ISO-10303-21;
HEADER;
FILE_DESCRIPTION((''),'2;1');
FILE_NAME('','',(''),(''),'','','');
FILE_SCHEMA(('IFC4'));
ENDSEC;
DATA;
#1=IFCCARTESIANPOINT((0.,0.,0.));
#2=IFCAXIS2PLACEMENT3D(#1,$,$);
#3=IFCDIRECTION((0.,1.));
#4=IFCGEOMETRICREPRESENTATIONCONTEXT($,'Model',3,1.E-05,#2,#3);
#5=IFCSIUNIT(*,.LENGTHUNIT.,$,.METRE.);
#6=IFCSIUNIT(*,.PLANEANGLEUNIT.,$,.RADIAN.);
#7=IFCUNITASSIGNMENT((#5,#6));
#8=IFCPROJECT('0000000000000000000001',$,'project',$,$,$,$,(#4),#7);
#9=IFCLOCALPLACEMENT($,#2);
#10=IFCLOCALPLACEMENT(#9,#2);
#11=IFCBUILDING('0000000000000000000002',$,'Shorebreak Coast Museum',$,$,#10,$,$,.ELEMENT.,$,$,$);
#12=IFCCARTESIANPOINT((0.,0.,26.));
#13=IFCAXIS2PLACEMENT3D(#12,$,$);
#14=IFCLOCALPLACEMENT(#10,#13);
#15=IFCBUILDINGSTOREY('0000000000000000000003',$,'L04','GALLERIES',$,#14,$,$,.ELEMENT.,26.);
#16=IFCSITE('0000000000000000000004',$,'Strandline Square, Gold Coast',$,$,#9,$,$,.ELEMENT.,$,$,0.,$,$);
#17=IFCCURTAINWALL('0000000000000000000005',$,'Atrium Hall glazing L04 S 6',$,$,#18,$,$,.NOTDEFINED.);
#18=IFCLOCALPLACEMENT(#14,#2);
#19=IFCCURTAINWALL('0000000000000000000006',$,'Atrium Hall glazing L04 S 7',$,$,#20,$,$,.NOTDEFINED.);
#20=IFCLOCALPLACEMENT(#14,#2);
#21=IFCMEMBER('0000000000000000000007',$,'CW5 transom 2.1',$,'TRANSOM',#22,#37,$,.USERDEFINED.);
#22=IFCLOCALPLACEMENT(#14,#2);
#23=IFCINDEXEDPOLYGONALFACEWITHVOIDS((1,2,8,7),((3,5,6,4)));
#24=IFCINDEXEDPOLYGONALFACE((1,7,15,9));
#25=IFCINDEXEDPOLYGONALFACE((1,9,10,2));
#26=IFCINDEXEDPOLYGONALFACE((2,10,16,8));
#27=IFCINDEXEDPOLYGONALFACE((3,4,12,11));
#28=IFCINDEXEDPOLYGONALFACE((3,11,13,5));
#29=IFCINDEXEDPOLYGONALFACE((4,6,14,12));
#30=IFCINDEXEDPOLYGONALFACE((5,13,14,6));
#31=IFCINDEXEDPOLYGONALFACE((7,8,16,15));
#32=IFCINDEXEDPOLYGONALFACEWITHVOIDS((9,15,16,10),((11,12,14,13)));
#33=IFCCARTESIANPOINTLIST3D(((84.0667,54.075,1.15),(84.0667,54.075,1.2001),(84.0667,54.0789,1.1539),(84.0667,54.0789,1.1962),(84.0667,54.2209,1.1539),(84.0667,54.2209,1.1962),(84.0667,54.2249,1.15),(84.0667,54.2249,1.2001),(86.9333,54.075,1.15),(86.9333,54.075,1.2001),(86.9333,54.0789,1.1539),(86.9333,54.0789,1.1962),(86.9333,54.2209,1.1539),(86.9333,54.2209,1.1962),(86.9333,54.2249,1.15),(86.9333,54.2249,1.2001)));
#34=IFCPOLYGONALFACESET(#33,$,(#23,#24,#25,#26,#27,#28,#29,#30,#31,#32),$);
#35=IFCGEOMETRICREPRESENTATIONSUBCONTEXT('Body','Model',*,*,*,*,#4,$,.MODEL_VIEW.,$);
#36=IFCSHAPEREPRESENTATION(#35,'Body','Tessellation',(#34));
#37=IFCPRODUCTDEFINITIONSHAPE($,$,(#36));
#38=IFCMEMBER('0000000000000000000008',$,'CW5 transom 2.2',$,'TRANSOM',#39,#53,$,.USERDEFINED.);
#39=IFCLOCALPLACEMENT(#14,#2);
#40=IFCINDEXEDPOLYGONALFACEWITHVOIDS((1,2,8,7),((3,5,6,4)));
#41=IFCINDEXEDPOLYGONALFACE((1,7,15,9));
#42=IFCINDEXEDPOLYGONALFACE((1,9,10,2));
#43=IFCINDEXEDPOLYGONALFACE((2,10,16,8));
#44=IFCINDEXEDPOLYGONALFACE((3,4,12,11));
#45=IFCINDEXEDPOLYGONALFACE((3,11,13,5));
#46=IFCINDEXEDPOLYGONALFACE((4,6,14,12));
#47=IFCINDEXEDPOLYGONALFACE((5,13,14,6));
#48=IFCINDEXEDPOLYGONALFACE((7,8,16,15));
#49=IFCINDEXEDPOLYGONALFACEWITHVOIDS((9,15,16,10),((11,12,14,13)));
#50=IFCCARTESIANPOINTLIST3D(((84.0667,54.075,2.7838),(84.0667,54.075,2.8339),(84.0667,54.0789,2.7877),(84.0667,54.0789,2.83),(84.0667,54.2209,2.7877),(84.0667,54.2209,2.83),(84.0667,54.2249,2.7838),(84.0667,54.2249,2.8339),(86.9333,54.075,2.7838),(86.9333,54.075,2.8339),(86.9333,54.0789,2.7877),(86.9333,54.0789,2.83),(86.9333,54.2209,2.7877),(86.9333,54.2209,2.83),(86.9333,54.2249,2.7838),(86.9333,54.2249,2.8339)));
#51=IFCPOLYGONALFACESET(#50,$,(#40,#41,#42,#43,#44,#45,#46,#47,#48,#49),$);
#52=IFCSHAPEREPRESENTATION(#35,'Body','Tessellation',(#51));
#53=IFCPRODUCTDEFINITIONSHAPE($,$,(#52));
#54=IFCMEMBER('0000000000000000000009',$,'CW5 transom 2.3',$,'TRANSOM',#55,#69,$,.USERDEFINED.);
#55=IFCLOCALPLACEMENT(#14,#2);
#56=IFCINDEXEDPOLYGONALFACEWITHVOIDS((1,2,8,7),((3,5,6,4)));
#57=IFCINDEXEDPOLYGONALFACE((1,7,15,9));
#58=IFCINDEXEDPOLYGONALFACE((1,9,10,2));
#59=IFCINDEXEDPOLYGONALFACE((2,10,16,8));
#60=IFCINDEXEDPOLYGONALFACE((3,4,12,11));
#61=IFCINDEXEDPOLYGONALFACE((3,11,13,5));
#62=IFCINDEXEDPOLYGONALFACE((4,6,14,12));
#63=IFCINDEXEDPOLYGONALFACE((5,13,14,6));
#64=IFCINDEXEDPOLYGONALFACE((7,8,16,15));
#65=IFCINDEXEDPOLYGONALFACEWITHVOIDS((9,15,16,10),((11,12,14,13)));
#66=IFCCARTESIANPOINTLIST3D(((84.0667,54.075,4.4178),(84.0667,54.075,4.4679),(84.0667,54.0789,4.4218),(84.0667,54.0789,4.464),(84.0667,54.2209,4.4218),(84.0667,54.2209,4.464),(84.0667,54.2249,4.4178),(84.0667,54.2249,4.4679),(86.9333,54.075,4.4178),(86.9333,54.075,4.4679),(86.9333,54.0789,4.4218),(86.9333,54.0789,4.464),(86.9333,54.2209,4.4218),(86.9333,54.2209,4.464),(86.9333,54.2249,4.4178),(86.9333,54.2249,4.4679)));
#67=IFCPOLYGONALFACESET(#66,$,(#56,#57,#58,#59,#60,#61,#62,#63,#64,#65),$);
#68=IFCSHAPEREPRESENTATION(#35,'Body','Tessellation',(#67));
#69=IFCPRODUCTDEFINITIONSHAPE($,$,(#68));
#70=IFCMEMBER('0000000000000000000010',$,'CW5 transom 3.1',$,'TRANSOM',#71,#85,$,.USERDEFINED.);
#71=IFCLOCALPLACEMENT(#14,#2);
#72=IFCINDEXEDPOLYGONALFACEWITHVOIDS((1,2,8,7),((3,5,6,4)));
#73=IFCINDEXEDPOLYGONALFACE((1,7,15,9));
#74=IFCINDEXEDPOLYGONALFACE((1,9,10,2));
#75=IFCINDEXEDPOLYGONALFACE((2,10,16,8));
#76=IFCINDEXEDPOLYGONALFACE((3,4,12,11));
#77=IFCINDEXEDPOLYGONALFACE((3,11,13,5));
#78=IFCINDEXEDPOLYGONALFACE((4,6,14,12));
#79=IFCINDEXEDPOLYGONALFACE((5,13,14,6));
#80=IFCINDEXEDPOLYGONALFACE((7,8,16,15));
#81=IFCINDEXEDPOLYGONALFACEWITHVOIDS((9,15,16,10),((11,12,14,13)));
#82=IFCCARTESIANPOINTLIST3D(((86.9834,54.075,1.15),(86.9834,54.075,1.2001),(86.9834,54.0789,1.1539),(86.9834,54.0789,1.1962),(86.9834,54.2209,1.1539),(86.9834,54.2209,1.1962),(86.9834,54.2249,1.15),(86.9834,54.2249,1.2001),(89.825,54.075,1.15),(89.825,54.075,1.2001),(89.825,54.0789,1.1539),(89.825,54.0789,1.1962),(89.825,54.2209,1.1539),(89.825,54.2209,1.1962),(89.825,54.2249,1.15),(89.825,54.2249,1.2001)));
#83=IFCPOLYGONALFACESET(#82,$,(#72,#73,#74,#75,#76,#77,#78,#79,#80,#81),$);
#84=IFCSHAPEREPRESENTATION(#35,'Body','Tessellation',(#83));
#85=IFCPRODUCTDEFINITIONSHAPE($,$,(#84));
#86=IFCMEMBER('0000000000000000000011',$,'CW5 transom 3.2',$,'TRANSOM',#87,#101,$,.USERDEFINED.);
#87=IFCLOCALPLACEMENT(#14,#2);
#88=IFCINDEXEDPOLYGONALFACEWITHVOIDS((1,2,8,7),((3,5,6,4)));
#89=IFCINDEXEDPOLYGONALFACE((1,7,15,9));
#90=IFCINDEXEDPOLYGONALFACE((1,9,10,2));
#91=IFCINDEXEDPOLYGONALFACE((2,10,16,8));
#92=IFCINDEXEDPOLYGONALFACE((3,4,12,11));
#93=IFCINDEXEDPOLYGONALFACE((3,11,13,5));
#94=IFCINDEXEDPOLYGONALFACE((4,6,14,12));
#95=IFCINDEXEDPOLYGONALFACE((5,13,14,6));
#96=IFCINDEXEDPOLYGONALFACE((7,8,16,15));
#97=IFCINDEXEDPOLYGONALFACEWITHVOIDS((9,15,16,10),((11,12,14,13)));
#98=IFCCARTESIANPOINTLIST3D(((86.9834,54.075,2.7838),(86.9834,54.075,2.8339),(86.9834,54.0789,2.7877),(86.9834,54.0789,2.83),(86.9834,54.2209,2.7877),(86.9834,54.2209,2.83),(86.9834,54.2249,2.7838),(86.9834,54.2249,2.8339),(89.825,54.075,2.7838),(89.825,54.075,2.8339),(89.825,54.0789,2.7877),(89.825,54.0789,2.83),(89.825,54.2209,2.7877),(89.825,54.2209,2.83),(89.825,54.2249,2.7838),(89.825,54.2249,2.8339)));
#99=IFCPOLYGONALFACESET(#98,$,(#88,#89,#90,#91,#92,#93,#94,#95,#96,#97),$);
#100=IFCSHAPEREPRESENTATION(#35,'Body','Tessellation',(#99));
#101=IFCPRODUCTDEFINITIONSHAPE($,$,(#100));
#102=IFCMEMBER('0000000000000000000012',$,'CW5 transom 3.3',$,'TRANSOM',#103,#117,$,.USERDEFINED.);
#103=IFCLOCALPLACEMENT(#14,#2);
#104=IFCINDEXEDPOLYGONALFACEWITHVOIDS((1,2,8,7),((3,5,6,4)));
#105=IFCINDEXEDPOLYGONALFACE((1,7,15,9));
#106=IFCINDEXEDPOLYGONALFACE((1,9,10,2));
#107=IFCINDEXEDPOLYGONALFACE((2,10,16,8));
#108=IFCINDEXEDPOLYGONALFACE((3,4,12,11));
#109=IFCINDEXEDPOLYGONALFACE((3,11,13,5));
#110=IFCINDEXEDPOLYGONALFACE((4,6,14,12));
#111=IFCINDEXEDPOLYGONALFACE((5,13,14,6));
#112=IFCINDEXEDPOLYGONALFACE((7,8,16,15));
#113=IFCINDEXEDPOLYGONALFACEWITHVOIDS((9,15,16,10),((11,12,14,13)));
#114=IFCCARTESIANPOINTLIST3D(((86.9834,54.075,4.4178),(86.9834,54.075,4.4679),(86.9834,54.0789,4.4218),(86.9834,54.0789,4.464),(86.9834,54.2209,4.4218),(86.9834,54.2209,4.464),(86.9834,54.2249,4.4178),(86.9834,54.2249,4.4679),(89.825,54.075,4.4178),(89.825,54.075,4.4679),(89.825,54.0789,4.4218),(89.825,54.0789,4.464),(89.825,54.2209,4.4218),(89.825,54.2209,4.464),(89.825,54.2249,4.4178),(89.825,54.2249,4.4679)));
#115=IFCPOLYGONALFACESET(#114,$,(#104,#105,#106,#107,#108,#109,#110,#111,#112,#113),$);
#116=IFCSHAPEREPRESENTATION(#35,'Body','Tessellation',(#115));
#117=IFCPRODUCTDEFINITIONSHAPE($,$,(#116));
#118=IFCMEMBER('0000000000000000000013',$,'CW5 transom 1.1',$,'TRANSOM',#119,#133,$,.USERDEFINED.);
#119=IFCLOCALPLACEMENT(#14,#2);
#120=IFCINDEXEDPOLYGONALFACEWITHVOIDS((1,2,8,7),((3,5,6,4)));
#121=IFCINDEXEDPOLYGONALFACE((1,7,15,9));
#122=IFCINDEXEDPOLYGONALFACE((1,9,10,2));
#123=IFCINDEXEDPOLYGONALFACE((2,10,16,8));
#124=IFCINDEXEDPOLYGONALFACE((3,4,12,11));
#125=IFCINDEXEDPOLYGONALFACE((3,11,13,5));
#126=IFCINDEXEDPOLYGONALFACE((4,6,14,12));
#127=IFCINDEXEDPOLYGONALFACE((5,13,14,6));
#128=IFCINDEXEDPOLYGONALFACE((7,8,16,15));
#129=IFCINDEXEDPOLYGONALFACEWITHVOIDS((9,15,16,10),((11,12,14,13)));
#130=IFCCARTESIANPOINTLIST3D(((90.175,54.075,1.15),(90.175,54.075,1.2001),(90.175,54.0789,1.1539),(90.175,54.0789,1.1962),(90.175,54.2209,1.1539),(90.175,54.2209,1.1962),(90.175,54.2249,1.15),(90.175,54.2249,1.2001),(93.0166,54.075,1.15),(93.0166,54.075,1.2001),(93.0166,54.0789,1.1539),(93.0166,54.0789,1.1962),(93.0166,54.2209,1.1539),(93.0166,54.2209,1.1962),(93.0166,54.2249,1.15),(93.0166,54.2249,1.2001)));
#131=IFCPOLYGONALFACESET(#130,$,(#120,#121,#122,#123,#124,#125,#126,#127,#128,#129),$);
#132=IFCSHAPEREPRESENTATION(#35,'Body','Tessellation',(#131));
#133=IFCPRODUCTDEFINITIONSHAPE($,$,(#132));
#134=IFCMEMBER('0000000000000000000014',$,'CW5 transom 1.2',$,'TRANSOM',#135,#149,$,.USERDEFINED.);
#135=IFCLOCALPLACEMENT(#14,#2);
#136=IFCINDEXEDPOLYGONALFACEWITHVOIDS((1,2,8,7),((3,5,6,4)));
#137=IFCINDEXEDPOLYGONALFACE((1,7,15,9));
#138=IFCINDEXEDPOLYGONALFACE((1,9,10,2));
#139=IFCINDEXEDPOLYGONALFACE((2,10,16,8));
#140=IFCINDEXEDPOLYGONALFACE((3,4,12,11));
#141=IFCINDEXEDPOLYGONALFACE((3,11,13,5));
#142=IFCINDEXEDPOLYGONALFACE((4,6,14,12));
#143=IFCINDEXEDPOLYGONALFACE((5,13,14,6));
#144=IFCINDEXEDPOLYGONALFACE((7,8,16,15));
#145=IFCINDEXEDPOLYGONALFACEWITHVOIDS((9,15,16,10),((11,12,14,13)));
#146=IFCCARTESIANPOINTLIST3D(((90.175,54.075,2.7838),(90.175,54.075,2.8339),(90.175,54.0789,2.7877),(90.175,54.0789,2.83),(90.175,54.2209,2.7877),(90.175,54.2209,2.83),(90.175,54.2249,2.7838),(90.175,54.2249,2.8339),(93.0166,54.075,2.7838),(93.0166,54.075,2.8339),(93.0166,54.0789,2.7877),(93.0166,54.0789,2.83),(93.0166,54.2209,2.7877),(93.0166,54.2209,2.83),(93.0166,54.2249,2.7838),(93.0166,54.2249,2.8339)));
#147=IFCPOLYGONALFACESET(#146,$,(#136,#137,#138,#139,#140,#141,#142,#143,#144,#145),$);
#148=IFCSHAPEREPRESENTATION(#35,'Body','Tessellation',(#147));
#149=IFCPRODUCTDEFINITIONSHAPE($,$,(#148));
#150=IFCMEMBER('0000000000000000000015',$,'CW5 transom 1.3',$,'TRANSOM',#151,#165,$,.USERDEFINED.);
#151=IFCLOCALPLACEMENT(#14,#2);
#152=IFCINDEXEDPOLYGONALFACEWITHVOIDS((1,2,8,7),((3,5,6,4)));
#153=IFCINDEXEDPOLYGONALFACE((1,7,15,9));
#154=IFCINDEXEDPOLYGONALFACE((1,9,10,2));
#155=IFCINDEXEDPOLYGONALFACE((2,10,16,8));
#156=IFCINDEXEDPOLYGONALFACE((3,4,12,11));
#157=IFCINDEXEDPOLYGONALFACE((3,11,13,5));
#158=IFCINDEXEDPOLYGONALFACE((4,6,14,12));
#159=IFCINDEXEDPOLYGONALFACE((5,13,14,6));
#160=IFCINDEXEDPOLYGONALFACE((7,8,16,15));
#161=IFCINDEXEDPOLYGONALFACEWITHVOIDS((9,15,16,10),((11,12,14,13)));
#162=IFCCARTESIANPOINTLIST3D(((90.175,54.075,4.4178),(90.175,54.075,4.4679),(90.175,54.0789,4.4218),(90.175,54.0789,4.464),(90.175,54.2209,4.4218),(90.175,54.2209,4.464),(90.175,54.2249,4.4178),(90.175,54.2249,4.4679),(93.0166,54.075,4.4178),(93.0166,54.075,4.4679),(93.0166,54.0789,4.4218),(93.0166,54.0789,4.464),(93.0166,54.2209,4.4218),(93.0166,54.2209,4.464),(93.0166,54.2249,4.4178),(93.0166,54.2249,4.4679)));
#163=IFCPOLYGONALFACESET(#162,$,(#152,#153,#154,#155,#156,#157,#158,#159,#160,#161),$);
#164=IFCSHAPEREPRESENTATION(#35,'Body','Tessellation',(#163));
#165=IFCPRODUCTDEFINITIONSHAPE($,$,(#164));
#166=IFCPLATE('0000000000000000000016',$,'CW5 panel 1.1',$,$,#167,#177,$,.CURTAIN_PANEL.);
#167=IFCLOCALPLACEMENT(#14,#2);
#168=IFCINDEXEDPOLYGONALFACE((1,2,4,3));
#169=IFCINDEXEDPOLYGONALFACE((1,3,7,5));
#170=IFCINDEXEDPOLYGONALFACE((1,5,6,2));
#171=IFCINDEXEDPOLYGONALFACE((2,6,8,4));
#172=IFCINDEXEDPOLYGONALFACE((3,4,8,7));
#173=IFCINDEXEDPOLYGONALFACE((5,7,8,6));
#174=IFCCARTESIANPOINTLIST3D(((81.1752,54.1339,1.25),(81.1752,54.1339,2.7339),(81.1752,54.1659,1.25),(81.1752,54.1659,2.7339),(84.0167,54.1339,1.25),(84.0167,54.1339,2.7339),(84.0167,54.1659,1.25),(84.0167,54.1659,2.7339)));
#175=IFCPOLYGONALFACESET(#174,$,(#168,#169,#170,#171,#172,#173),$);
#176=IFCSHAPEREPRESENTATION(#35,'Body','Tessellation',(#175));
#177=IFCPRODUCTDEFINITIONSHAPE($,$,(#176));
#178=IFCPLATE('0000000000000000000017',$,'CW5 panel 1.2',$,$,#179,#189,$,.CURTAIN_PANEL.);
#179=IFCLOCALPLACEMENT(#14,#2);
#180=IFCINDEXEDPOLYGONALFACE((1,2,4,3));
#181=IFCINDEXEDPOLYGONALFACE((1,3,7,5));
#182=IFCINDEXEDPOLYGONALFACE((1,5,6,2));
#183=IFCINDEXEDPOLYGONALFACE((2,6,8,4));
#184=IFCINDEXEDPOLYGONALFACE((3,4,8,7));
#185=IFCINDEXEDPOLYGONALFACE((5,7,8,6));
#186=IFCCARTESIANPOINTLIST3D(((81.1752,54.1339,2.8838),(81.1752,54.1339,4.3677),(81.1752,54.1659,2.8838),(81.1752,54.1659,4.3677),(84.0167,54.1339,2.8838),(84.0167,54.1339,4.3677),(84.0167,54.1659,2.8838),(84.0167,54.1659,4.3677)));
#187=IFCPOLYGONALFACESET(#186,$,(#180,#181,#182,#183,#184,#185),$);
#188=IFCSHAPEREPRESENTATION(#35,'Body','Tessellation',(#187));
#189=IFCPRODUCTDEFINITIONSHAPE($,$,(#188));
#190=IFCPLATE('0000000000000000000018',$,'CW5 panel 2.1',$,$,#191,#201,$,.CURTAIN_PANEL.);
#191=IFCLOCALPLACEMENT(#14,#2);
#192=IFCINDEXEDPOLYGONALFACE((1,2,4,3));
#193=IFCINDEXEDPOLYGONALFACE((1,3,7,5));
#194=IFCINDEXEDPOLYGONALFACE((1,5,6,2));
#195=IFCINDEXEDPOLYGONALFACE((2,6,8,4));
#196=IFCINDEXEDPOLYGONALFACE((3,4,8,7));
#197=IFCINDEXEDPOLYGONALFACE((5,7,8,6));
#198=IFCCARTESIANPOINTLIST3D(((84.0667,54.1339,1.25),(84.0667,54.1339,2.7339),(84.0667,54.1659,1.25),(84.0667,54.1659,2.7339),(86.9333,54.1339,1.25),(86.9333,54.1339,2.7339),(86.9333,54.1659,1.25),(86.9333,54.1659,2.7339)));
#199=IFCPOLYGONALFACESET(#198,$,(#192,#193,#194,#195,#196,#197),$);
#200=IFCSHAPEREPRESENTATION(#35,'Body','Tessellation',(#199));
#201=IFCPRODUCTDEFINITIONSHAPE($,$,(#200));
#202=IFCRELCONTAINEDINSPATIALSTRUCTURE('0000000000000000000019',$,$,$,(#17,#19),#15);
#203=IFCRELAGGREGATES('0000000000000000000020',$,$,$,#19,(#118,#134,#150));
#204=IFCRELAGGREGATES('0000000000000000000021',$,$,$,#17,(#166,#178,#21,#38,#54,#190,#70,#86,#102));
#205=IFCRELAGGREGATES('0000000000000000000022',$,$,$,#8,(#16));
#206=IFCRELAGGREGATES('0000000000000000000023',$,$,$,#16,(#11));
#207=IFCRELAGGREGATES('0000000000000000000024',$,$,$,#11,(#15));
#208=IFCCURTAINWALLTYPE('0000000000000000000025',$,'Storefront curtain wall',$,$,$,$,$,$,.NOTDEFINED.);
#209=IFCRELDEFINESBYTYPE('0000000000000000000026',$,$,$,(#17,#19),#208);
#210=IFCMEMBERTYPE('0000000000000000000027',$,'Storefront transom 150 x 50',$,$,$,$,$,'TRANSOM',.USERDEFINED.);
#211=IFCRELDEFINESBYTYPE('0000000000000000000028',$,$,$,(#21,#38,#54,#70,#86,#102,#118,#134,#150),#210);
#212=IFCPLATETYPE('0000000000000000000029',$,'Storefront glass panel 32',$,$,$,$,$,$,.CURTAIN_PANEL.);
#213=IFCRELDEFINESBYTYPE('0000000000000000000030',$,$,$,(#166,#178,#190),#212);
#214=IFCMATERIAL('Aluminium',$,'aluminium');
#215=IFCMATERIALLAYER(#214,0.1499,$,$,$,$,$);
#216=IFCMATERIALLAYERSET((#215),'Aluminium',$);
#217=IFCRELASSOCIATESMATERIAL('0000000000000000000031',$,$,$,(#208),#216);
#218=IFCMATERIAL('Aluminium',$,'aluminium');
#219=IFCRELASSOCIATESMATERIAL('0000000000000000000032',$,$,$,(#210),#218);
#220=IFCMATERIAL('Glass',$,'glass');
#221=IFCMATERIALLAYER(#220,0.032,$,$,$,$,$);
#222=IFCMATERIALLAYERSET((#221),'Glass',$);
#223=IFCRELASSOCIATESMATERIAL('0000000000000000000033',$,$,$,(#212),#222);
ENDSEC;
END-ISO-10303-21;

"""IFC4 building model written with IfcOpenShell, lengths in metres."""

from ifc_helpers import new_model, si_unit, direction, frame, origin, origin_2d, place, context, subcontext, project, spatial, rectangle, hollow_rectangle, extrude, material, layer, layer_set, material_profile, profile_set, type_object, element, aggregate, save


model = new_model("IFC4")

# Units and contexts
model_context = context("Model", 3, precision=1e-05, world=origin(), true_north=direction((0.0, 1.0)))
body_context = subcontext(model_context, "Body", "Model", "MODEL_VIEW")
ifc_project = project(units=[si_unit("LENGTHUNIT", "METRE"), si_unit("PLANEANGLEUNIT", "RADIAN")], contexts=[model_context])

# Site, building, storey
site_placement = place(None, origin())
site = spatial("IfcSite", under=ifc_project, at=site_placement, Name="Strandline Square, Gold Coast", CompositionType="ELEMENT", RefElevation=0.0)
building_placement = place(site_placement, origin())
building = spatial("IfcBuilding", under=site, at=building_placement, Name="Shorebreak Coast Museum", CompositionType="ELEMENT")
storey_placement = place(building_placement, frame((0.0, 0.0, 26.0)))
storey = spatial("IfcBuildingStorey", under=building, at=storey_placement, Name="L04", Description="GALLERIES", CompositionType="ELEMENT", Elevation=26.0)

# Curtain wall
ifc_material_1 = material(Name="Aluminium", Category="aluminium")
ifc_layer_1 = layer(ifc_material_1, 0.1499)
ifc_layer_set_1 = layer_set([ifc_layer_1], Name="Aluminium")
curtain_wall_type = type_object("IfcCurtainWallType", Name="Storefront curtain wall", PredefinedType="NOTDEFINED", material=ifc_layer_set_1)
curtain_wall_1_placement = place(storey_placement, origin())
curtain_wall_1 = element("IfcCurtainWall", 1, at=curtain_wall_1_placement, inside=storey, type_object=curtain_wall_type, Name="Atrium Hall glazing L04 S 6", PredefinedType="NOTDEFINED")

# Curtain wall
curtain_wall_2_placement = place(storey_placement, origin())
curtain_wall_2 = element("IfcCurtainWall", 2, at=curtain_wall_2_placement, inside=storey, type_object=curtain_wall_type, Name="Atrium Hall glazing L04 S 7", PredefinedType="NOTDEFINED")

# Members
ifc_material_2 = material(Name="Aluminium", Category="aluminium")
ifc_material_profile_1 = material_profile(ifc_material_2, hollow_rectangle(XDim=0.1499, YDim=0.05, WallThickness=0.0039, at=origin_2d()), Name="AL 50x150 RHS")
ifc_profile_set_1 = profile_set([ifc_material_profile_1], Name="Aluminium")
member_type_1 = type_object("IfcMemberType", Name="Storefront transom 150 x 50", ElementType="TRANSOM", PredefinedType="USERDEFINED", material=ifc_profile_set_1)
member_1_placement = place(storey_placement, frame((84.0667, 54.1499, 1.175), z_axis=(1.0, 0.0, 0.0), x_axis=(0.0, 1.0, 0.0)))
member_1 = element("IfcMember", 3, at=member_1_placement, type_object=member_type_1, Name="CW5 transom 2.1", ObjectType="TRANSOM", PredefinedType="USERDEFINED", context=body_context, shape_type="SweptSolid", body=[
    extrude(hollow_rectangle(XDim=0.1499, YDim=0.05, WallThickness=0.0039, at=origin_2d()), origin(), (0.0, 0.0, 1.0), 2.8667),
])
member_2_placement = place(storey_placement, frame((84.0667, 54.1499, 2.8088), z_axis=(1.0, 0.0, 0.0), x_axis=(0.0, 1.0, 0.0)))
member_2 = element("IfcMember", 4, at=member_2_placement, type_object=member_type_1, Name="CW5 transom 2.2", ObjectType="TRANSOM", PredefinedType="USERDEFINED", context=body_context, shape_type="SweptSolid", body=[
    extrude(hollow_rectangle(XDim=0.1499, YDim=0.05, WallThickness=0.0039, at=origin_2d()), origin(), (0.0, 0.0, 1.0), 2.8667),
])
member_3_placement = place(storey_placement, frame((84.0667, 54.1499, 4.4429), z_axis=(1.0, 0.0, 0.0), x_axis=(0.0, 1.0, 0.0)))
member_3 = element("IfcMember", 5, at=member_3_placement, type_object=member_type_1, Name="CW5 transom 2.3", ObjectType="TRANSOM", PredefinedType="USERDEFINED", context=body_context, shape_type="SweptSolid", body=[
    extrude(hollow_rectangle(XDim=0.1499, YDim=0.05, WallThickness=0.0039, at=origin_2d()), origin(), (0.0, 0.0, 1.0), 2.8667),
])
member_4_placement = place(storey_placement, frame((86.9834, 54.1499, 1.175), z_axis=(1.0, 0.0, 0.0), x_axis=(0.0, 1.0, 0.0)))
member_4 = element("IfcMember", 6, at=member_4_placement, type_object=member_type_1, Name="CW5 transom 3.1", ObjectType="TRANSOM", PredefinedType="USERDEFINED", context=body_context, shape_type="SweptSolid", body=[
    extrude(hollow_rectangle(XDim=0.1499, YDim=0.05, WallThickness=0.0039, at=origin_2d()), origin(), (0.0, 0.0, 1.0), 2.8416),
])
member_5_placement = place(storey_placement, frame((86.9834, 54.1499, 2.8088), z_axis=(1.0, 0.0, 0.0), x_axis=(0.0, 1.0, 0.0)))
member_5 = element("IfcMember", 7, at=member_5_placement, type_object=member_type_1, Name="CW5 transom 3.2", ObjectType="TRANSOM", PredefinedType="USERDEFINED", context=body_context, shape_type="SweptSolid", body=[
    extrude(hollow_rectangle(XDim=0.1499, YDim=0.05, WallThickness=0.0039, at=origin_2d()), origin(), (0.0, 0.0, 1.0), 2.8416),
])
member_6_placement = place(storey_placement, frame((86.9834, 54.1499, 4.4429), z_axis=(1.0, 0.0, 0.0), x_axis=(0.0, 1.0, 0.0)))
member_6 = element("IfcMember", 8, at=member_6_placement, type_object=member_type_1, Name="CW5 transom 3.3", ObjectType="TRANSOM", PredefinedType="USERDEFINED", context=body_context, shape_type="SweptSolid", body=[
    extrude(hollow_rectangle(XDim=0.1499, YDim=0.05, WallThickness=0.0039, at=origin_2d()), origin(), (0.0, 0.0, 1.0), 2.8416),
])
member_7_placement = place(storey_placement, frame((90.175, 54.1499, 1.175), z_axis=(1.0, 0.0, 0.0), x_axis=(0.0, 1.0, 0.0)))
member_7 = element("IfcMember", 9, at=member_7_placement, type_object=member_type_1, Name="CW5 transom 1.1", ObjectType="TRANSOM", PredefinedType="USERDEFINED", context=body_context, shape_type="SweptSolid", body=[
    extrude(hollow_rectangle(XDim=0.1499, YDim=0.05, WallThickness=0.0039, at=origin_2d()), origin(), (0.0, 0.0, 1.0), 2.8416),
])
member_8_placement = place(storey_placement, frame((90.175, 54.1499, 2.8088), z_axis=(1.0, 0.0, 0.0), x_axis=(0.0, 1.0, 0.0)))
member_8 = element("IfcMember", 10, at=member_8_placement, type_object=member_type_1, Name="CW5 transom 1.2", ObjectType="TRANSOM", PredefinedType="USERDEFINED", context=body_context, shape_type="SweptSolid", body=[
    extrude(hollow_rectangle(XDim=0.1499, YDim=0.05, WallThickness=0.0039, at=origin_2d()), origin(), (0.0, 0.0, 1.0), 2.8416),
])
member_9_placement = place(storey_placement, frame((90.175, 54.1499, 4.4429), z_axis=(1.0, 0.0, 0.0), x_axis=(0.0, 1.0, 0.0)))
member_9 = element("IfcMember", 11, at=member_9_placement, type_object=member_type_1, Name="CW5 transom 1.3", ObjectType="TRANSOM", PredefinedType="USERDEFINED", context=body_context, shape_type="SweptSolid", body=[
    extrude(hollow_rectangle(XDim=0.1499, YDim=0.05, WallThickness=0.0039, at=origin_2d()), origin(), (0.0, 0.0, 1.0), 2.8416),
])
aggregate(curtain_wall_2, [member_7, member_8, member_9])

# Plates
ifc_material_3 = material(Name="Glass", Category="glass")
ifc_layer_2 = layer(ifc_material_3, 0.032)
ifc_layer_set_2 = layer_set([ifc_layer_2], Name="Glass")
plate_type = type_object("IfcPlateType", Name="Storefront glass panel 32", PredefinedType="CURTAIN_PANEL", material=ifc_layer_set_2)
plate_1_placement = place(storey_placement, frame((82.5959, 54.1499, 1.25), z_axis=(0.0, 0.0, 1.0), x_axis=(1.0, 0.0, 0.0)))
plate_1 = element("IfcPlate", 12, at=plate_1_placement, type_object=plate_type, Name="CW5 panel 1.1", PredefinedType="CURTAIN_PANEL", context=body_context, shape_type="SweptSolid", body=[
    extrude(rectangle(XDim=2.8416, YDim=0.032, at=origin_2d()), origin(), (0.0, 0.0, 1.0), 1.4839),
])
plate_2_placement = place(storey_placement, frame((82.5959, 54.1499, 2.8838), z_axis=(0.0, 0.0, 1.0), x_axis=(1.0, 0.0, 0.0)))
plate_2 = element("IfcPlate", 13, at=plate_2_placement, type_object=plate_type, Name="CW5 panel 1.2", PredefinedType="CURTAIN_PANEL", context=body_context, shape_type="SweptSolid", body=[
    extrude(rectangle(XDim=2.8416, YDim=0.032, at=origin_2d()), origin(), (0.0, 0.0, 1.0), 1.4839),
])
plate_3_placement = place(storey_placement, frame((85.5, 54.1499, 1.25), z_axis=(0.0, 0.0, 1.0), x_axis=(1.0, 0.0, 0.0)))
plate_3 = element("IfcPlate", 14, at=plate_3_placement, type_object=plate_type, Name="CW5 panel 2.1", PredefinedType="CURTAIN_PANEL", context=body_context, shape_type="SweptSolid", body=[
    extrude(rectangle(XDim=2.8667, YDim=0.032, at=origin_2d()), origin(), (0.0, 0.0, 1.0), 1.4839),
])
aggregate(curtain_wall_1, [plate_1, plate_2, member_1, member_2, member_3, plate_3, member_4, member_5, member_6])

save(model, "model.ifc")
